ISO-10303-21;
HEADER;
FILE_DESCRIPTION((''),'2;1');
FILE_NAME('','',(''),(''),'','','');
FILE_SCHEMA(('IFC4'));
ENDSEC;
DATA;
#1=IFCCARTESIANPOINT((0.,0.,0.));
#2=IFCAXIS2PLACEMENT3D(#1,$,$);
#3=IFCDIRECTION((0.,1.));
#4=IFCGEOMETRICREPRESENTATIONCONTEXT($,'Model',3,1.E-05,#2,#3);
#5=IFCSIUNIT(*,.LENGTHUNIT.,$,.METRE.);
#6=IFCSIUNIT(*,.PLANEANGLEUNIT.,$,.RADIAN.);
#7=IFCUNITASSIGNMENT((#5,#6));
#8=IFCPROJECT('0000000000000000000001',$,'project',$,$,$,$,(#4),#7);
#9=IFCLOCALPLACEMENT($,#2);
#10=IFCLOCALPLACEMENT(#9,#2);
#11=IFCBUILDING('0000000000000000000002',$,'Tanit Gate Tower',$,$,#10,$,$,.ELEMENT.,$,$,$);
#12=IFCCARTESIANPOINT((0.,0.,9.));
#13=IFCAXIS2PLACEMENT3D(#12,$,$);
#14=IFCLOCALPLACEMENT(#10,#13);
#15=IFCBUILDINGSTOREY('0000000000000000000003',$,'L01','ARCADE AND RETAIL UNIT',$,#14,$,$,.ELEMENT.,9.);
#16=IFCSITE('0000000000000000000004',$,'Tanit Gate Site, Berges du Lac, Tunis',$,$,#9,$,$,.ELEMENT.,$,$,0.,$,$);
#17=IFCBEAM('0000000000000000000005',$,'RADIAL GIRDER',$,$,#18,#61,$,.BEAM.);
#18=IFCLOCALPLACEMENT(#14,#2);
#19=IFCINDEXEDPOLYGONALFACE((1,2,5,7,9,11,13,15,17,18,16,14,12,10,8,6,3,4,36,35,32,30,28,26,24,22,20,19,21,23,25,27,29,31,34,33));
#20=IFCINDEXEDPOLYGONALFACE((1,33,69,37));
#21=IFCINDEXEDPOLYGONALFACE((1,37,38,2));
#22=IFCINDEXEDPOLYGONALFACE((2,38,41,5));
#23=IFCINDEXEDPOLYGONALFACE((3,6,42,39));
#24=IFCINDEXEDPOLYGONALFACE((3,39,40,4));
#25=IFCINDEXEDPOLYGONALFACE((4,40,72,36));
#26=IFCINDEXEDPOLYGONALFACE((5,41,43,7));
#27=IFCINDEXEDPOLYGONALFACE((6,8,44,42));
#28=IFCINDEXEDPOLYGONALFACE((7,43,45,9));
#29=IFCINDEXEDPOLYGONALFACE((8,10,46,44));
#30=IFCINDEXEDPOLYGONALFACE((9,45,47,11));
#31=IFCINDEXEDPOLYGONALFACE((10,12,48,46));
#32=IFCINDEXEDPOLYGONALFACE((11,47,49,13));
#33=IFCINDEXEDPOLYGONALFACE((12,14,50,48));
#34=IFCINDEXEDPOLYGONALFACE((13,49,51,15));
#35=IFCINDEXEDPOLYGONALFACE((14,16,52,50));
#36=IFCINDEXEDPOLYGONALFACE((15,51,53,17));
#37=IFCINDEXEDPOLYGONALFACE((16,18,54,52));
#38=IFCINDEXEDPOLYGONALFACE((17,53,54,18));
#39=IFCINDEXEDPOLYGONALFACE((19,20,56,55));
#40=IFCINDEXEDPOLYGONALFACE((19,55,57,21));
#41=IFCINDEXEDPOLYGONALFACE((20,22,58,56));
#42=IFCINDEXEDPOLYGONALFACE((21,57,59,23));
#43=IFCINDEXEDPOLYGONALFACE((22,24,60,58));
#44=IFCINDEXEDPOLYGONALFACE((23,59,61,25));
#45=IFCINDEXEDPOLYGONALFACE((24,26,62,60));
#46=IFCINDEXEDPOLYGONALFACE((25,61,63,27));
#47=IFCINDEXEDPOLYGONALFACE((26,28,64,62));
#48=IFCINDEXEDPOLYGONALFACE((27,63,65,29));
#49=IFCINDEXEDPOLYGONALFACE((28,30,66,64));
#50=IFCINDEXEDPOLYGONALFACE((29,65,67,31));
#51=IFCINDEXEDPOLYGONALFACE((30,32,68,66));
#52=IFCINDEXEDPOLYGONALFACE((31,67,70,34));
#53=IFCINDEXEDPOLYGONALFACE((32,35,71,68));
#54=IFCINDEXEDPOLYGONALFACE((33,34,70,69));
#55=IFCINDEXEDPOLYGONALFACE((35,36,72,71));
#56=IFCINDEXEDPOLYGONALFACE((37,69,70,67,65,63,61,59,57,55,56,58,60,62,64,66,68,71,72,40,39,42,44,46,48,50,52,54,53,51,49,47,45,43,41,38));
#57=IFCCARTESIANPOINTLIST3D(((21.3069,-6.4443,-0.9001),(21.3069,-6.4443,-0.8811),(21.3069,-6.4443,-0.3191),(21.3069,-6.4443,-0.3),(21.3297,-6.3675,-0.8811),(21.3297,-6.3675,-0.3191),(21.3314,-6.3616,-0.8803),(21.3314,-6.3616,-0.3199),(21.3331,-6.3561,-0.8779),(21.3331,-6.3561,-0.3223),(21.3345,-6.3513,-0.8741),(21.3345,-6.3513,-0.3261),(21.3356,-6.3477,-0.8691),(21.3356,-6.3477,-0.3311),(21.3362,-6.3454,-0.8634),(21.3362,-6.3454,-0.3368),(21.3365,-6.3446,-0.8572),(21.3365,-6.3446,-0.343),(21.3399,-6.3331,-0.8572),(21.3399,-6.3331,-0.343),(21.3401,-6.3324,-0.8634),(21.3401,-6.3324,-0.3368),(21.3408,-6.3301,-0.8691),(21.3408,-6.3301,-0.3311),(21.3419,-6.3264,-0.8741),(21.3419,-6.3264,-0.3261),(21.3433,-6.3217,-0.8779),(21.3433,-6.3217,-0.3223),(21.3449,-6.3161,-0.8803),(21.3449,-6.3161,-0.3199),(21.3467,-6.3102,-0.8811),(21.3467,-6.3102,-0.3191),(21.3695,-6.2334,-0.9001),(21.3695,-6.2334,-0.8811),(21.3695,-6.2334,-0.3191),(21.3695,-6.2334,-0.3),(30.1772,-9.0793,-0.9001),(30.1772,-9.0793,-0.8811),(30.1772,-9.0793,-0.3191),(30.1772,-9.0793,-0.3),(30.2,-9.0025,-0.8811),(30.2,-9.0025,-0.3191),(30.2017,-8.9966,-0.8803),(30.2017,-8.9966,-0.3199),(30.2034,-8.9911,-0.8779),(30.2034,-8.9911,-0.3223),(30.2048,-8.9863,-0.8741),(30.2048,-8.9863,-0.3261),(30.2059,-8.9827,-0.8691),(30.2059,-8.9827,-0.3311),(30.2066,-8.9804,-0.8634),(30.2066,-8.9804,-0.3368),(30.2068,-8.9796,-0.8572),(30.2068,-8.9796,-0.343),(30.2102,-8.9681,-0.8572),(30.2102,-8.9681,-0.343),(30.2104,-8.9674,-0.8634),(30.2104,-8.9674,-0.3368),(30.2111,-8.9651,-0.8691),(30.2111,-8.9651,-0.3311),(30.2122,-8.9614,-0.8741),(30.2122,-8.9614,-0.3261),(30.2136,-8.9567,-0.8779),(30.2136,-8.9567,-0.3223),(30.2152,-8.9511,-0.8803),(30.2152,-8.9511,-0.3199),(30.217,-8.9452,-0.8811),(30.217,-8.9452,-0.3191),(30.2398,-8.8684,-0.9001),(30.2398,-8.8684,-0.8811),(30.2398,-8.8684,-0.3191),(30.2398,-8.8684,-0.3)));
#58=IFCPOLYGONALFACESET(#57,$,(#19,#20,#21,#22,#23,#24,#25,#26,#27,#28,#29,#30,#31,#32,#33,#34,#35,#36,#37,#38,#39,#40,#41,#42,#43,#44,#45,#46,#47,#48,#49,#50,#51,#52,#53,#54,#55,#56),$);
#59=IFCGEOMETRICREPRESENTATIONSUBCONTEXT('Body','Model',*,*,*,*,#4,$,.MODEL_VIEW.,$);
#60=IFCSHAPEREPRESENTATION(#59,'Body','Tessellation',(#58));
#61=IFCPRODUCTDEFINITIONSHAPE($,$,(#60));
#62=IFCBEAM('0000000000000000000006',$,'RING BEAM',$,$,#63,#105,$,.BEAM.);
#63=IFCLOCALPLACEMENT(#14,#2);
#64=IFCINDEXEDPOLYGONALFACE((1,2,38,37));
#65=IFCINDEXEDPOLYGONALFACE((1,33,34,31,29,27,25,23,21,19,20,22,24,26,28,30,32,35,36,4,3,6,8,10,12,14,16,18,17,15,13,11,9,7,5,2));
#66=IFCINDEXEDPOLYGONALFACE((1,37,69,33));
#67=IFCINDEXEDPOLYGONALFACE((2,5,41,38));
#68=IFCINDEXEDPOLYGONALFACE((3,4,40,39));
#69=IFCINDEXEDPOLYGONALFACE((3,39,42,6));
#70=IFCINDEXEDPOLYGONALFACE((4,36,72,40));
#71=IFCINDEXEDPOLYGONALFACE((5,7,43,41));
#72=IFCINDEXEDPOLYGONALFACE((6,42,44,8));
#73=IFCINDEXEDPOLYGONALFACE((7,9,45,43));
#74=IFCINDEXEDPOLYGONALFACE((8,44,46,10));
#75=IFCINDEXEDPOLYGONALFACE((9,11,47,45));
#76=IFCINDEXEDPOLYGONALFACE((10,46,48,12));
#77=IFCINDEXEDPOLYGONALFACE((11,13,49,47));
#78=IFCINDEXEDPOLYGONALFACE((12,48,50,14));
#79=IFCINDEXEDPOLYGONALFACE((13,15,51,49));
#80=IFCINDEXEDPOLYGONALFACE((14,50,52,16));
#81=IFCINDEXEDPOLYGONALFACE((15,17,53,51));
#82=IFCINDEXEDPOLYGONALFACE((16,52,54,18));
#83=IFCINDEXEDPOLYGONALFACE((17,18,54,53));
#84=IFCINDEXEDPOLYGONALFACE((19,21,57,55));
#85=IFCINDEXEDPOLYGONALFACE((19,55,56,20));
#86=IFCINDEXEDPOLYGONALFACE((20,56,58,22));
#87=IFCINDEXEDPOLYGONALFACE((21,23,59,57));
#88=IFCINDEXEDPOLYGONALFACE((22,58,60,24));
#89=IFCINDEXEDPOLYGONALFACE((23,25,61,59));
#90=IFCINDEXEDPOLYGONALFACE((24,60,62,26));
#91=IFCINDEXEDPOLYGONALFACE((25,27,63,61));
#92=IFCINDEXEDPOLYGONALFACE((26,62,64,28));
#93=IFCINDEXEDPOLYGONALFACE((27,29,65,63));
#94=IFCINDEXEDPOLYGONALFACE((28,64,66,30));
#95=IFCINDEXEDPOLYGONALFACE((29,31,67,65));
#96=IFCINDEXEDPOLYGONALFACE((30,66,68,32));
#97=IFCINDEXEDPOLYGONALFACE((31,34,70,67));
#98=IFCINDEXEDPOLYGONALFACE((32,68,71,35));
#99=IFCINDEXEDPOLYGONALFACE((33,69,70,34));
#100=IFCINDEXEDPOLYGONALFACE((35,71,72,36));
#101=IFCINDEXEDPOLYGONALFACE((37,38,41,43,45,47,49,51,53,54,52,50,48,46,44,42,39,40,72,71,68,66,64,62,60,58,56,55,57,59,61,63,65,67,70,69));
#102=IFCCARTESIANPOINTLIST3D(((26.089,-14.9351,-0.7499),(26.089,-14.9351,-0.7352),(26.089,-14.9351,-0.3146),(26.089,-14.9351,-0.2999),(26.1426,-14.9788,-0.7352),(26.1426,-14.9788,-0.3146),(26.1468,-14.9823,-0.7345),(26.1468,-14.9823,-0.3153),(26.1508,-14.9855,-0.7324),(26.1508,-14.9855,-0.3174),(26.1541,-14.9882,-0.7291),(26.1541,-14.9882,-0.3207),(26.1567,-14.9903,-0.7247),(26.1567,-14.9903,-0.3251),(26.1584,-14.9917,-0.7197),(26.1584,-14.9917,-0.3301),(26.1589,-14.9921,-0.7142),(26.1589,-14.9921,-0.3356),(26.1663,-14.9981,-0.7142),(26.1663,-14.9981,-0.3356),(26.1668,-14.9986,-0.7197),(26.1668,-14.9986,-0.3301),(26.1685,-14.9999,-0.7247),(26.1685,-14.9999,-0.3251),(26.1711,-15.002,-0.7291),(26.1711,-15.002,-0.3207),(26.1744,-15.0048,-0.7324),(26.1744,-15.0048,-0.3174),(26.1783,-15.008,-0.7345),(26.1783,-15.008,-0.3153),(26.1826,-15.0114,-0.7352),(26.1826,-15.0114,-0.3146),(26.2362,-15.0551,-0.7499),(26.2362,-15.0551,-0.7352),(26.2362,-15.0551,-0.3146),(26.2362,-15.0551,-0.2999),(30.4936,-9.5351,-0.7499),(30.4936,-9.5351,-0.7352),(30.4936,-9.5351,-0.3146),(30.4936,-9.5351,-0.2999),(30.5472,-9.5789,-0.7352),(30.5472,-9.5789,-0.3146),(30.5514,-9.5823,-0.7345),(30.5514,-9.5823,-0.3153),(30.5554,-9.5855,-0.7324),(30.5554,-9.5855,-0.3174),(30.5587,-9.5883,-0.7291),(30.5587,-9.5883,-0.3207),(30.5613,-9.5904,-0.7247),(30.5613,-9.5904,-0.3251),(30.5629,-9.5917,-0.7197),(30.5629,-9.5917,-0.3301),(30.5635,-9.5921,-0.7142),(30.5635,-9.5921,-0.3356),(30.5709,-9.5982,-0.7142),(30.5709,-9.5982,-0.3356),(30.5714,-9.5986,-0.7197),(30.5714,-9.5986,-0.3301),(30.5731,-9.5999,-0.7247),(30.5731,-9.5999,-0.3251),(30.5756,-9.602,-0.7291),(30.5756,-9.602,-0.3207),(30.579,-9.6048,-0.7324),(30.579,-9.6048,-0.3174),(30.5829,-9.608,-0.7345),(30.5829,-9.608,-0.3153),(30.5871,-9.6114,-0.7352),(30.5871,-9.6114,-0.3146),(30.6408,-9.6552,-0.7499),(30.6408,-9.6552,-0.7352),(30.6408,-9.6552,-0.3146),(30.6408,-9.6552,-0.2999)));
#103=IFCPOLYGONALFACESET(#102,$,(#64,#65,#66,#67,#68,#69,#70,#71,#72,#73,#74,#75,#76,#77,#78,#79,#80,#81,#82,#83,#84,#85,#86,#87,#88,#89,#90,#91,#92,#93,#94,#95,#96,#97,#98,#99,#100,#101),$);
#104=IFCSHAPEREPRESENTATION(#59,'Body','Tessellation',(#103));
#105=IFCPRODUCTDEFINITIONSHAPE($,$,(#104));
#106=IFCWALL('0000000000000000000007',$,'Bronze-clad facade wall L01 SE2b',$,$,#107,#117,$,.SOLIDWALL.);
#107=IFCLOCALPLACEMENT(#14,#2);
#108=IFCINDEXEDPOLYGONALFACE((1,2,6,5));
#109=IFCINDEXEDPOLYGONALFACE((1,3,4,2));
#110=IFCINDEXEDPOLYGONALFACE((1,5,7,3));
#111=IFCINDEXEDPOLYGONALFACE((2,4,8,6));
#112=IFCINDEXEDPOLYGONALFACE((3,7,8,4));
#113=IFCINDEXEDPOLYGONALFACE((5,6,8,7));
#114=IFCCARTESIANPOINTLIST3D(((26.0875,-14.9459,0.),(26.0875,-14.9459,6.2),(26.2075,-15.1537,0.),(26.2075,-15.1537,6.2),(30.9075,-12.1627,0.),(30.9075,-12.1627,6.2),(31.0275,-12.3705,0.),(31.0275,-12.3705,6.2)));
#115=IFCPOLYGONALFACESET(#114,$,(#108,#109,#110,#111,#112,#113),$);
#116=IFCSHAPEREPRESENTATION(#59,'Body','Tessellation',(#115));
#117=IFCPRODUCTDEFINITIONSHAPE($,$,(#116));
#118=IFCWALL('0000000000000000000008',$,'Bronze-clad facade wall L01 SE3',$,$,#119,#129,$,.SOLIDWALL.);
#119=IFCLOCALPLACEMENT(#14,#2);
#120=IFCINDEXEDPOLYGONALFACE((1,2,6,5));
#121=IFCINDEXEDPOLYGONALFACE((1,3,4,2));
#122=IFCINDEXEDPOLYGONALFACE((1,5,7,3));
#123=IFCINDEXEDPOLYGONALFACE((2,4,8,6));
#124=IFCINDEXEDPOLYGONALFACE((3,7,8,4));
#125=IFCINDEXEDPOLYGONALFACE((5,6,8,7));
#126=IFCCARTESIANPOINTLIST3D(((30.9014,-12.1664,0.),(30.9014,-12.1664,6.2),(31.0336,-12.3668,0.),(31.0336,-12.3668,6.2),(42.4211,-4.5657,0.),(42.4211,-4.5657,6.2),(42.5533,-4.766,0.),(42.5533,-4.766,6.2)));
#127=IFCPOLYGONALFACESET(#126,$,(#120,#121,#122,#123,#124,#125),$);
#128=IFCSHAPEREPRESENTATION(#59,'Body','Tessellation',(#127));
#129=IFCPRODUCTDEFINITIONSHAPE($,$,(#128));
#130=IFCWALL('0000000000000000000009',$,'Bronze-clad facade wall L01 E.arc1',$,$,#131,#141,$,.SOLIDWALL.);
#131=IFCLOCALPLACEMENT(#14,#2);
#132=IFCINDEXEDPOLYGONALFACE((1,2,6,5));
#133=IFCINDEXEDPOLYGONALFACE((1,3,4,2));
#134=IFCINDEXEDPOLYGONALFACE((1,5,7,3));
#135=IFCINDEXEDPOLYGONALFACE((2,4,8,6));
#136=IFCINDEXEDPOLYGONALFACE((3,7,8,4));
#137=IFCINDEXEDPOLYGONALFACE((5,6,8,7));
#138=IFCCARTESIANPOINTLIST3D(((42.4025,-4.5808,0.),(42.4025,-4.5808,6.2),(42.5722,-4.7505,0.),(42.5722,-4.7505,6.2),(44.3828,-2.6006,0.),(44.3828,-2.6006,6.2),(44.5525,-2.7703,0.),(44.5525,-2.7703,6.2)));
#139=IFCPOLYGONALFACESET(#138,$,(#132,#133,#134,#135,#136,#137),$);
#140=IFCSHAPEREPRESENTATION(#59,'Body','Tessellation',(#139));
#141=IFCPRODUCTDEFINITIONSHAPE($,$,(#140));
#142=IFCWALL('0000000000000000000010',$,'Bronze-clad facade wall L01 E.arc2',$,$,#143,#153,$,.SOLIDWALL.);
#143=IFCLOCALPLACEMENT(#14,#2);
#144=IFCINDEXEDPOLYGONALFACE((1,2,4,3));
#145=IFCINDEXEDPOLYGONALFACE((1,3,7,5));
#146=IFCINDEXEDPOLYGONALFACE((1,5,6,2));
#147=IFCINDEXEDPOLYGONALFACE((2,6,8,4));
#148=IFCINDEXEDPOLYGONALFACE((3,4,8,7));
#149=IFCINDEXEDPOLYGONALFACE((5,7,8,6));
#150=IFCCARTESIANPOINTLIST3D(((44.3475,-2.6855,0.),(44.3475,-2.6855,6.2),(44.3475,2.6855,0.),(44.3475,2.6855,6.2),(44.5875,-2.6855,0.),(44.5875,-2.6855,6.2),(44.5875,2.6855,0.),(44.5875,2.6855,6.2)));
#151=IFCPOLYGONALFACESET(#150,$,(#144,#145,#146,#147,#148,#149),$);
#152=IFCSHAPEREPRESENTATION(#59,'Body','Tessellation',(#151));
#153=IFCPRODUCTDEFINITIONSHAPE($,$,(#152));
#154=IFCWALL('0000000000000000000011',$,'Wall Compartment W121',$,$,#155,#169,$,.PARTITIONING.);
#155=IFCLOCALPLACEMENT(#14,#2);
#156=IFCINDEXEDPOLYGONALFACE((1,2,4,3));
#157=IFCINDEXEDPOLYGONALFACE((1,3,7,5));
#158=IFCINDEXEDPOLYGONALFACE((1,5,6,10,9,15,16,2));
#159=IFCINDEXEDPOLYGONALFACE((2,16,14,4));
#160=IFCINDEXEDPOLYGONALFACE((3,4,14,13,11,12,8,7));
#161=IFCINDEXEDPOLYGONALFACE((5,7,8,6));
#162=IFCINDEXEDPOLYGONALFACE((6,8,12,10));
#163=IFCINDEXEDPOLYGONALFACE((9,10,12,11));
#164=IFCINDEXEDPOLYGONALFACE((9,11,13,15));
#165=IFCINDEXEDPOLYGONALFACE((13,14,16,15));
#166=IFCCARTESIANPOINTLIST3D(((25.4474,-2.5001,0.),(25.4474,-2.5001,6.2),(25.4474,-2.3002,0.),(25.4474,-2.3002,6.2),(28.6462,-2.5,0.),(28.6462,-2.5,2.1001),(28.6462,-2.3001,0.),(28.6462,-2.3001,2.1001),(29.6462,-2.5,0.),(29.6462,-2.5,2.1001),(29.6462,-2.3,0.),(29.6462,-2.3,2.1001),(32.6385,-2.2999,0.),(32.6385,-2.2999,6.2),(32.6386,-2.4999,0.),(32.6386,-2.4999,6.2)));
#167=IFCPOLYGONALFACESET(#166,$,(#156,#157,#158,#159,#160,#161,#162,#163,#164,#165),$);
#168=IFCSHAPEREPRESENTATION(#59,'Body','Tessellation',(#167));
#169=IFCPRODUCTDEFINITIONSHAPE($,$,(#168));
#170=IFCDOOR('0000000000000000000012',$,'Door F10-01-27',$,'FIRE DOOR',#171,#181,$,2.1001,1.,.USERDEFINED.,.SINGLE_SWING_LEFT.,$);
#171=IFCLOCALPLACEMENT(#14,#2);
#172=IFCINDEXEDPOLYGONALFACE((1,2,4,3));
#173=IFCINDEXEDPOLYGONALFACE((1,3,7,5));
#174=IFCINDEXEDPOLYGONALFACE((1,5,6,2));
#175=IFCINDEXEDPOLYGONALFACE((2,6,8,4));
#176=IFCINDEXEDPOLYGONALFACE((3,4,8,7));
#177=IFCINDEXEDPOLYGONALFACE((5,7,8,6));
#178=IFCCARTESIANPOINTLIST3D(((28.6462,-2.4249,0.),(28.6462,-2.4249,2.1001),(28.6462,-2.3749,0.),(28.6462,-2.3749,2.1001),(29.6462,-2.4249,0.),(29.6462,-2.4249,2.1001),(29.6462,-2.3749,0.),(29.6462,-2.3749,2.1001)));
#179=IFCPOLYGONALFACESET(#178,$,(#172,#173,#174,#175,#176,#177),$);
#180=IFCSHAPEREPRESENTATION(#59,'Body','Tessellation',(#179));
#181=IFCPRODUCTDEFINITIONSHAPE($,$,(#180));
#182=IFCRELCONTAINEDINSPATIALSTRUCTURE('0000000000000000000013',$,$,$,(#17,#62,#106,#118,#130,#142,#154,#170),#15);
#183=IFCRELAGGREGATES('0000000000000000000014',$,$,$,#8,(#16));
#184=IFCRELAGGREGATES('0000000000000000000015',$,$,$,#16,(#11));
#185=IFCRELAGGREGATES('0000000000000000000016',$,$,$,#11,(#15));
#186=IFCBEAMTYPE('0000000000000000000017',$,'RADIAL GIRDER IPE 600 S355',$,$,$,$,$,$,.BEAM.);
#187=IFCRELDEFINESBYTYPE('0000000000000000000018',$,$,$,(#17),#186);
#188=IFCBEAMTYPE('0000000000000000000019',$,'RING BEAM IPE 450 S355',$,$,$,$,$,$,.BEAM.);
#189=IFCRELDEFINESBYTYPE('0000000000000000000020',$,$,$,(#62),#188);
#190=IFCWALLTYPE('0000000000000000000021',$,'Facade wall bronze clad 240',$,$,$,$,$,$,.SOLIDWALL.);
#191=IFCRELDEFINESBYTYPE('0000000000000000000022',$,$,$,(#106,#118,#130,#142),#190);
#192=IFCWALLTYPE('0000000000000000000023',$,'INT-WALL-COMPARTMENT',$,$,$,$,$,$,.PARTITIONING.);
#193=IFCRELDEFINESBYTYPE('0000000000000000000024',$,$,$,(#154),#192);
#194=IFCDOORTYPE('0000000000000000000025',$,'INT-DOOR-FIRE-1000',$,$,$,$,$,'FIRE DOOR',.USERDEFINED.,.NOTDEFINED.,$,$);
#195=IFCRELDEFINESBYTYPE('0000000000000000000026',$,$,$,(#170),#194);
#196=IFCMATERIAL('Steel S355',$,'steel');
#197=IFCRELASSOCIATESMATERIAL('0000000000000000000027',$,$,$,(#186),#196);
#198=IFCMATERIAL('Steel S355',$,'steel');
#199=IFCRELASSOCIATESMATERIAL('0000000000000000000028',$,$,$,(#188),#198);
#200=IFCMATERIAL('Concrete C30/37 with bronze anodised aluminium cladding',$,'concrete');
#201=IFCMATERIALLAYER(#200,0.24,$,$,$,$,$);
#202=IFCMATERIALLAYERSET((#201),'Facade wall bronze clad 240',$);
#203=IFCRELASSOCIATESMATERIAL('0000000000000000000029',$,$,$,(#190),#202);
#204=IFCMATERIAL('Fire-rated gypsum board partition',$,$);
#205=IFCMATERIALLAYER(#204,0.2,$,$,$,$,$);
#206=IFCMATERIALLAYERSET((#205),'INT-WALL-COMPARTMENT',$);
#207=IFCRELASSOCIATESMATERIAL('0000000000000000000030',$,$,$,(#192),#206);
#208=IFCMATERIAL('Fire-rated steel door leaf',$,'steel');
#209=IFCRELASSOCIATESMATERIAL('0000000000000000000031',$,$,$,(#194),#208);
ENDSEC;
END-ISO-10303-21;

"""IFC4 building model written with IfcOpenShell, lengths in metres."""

from ifc_helpers import new_model, si_unit, direction, frame, frame_2d, origin, origin_2d, place, context, subcontext, project, spatial, rectangle, i_section, extrude, material, layer, layer_set, material_profile, profile_set, type_object, element, fill, save


model = new_model("IFC4")

# Units and contexts
model_context = context("Model", 3, precision=1e-05, world=origin(), true_north=direction((0.0, 1.0)))
body_context = subcontext(model_context, "Body", "Model", "MODEL_VIEW")
ifc_project = project(units=[si_unit("LENGTHUNIT", "METRE"), si_unit("PLANEANGLEUNIT", "RADIAN")], contexts=[model_context])

# Site, building, storey
site_placement = place(None, origin())
site = spatial("IfcSite", under=ifc_project, at=site_placement, Name="Tanit Gate Site, Berges du Lac, Tunis", CompositionType="ELEMENT", RefElevation=0.0)
building_placement = place(site_placement, origin())
building = spatial("IfcBuilding", under=site, at=building_placement, Name="Tanit Gate Tower", CompositionType="ELEMENT")
storey_placement = place(building_placement, frame((0.0, 0.0, 9.0)))
storey = spatial("IfcBuildingStorey", under=building, at=storey_placement, Name="L01", Description="ARCADE AND RETAIL UNIT", CompositionType="ELEMENT", Elevation=9.0)

# Beams
ifc_material_1 = material(Name="Steel S355", Category="steel")
ifc_material_profile_1 = material_profile(ifc_material_1, i_section(OverallWidth=0.22, OverallDepth=0.6001, WebThickness=0.012, FlangeThickness=0.019, FilletRadius=0.0239, at=origin_2d()), Name="IPE 600")
ifc_profile_set_1 = profile_set([ifc_material_profile_1], Name="Steel S355")
beam_type_1 = type_object("IfcBeamType", Name="RADIAL GIRDER IPE 600 S355", PredefinedType="BEAM", material=ifc_profile_set_1)
beam_1_placement = place(storey_placement, frame((30.2085, -8.9739, -0.6001), z_axis=(-0.958599, 0.284759, 0.0), x_axis=(-0.284759, -0.958599, 0.0)))
element("IfcBeam", 1, at=beam_1_placement, inside=storey, type_object=beam_type_1, Name="RADIAL GIRDER", PredefinedType="BEAM", context=body_context, shape_type="SweptSolid", body=[
    extrude(i_section(OverallWidth=0.22, OverallDepth=0.6001, WebThickness=0.012, FlangeThickness=0.019, FilletRadius=0.0239, at=origin_2d()), origin(), (0.0, 0.0, 1.0), 9.2534),
])
ifc_material_2 = material(Name="Steel S355", Category="steel")
ifc_material_profile_2 = material_profile(ifc_material_2, i_section(OverallWidth=0.1899, OverallDepth=0.45, WebThickness=0.0095, FlangeThickness=0.0146, FilletRadius=0.021, at=origin_2d()), Name="IPE 450")
ifc_profile_set_2 = profile_set([ifc_material_profile_2], Name="Steel S355")
beam_type_2 = type_object("IfcBeamType", Name="RING BEAM IPE 450 S355", PredefinedType="BEAM", material=ifc_profile_set_2)
beam_2_placement = place(storey_placement, frame((26.1626, -14.9951, -0.5249), z_axis=(0.632071, 0.77491, 0.0), x_axis=(-0.77491, 0.632071, 0.0)))
element("IfcBeam", 2, at=beam_2_placement, inside=storey, type_object=beam_type_2, Name="RING BEAM", PredefinedType="BEAM", context=body_context, shape_type="SweptSolid", body=[
    extrude(i_section(OverallWidth=0.1899, OverallDepth=0.45, WebThickness=0.0095, FlangeThickness=0.0146, FilletRadius=0.021, at=origin_2d()), origin(), (0.0, 0.0, 1.0), 6.9685),
])

# Walls
ifc_material_3 = material(Name="Concrete C30/37 with bronze anodised aluminium cladding", Category="concrete")
ifc_layer_1 = layer(ifc_material_3, 0.24)
ifc_layer_set_1 = layer_set([ifc_layer_1], Name="Facade wall bronze clad 240")
wall_type_1 = type_object("IfcWallType", Name="Facade wall bronze clad 240", PredefinedType="SOLIDWALL", material=ifc_layer_set_1)
wall_1_placement = place(storey_placement, frame((26.1475, -15.0498, 0.0), z_axis=(0.0, 0.0, 1.0), x_axis=(0.865999, 0.500045, 0.0)))
element("IfcWall", 3, at=wall_1_placement, inside=storey, type_object=wall_type_1, Name="Bronze-clad facade wall L01 SE2b", PredefinedType="SOLIDWALL", context=body_context, shape_type="SweptSolid", body=[
    extrude(rectangle(XDim=5.5659, YDim=0.24, at=frame_2d((2.783, 0.0))), origin(), (0.0, 0.0, 1.0), 6.2),
])
wall_2_placement = place(storey_placement, frame((30.9675, -12.2666, 0.0), z_axis=(0.0, 0.0, 1.0), x_axis=(0.834683, 0.55073, 0.0)))
element("IfcWall", 4, at=wall_2_placement, inside=storey, type_object=wall_type_1, Name="Bronze-clad facade wall L01 SE3", PredefinedType="SOLIDWALL", context=body_context, shape_type="SweptSolid", body=[
    extrude(rectangle(XDim=13.8013, YDim=0.24, at=frame_2d((6.9006, 0.0))), origin(), (0.0, 0.0, 1.0), 6.2),
])
wall_3_placement = place(storey_placement, frame((42.4873, -4.6658, 0.0), z_axis=(0.0, 0.0, 1.0), x_axis=(0.707107, 0.707107, 0.0)))
element("IfcWall", 5, at=wall_3_placement, inside=storey, type_object=wall_type_1, Name="Bronze-clad facade wall L01 E.arc1", PredefinedType="SOLIDWALL", context=body_context, shape_type="SweptSolid", body=[
    extrude(rectangle(XDim=2.8005, YDim=0.24, at=frame_2d((1.4004, 0.0))), origin(), (0.0, 0.0, 1.0), 6.2),
])
wall_4_placement = place(storey_placement, frame((44.4675, -2.6855, 0.0), z_axis=(0.0, 0.0, 1.0), x_axis=(0.0, 1.0, 0.0)))
element("IfcWall", 6, at=wall_4_placement, inside=storey, type_object=wall_type_1, Name="Bronze-clad facade wall L01 E.arc2", PredefinedType="SOLIDWALL", context=body_context, shape_type="SweptSolid", body=[
    extrude(rectangle(XDim=5.3711, YDim=0.24, at=frame_2d((2.6855, 0.0))), origin(), (0.0, 0.0, 1.0), 6.2),
])

# Wall, opening, door
ifc_material_4 = material(Name="Fire-rated gypsum board partition")
ifc_layer_2 = layer(ifc_material_4, 0.2)
ifc_layer_set_2 = layer_set([ifc_layer_2], Name="INT-WALL-COMPARTMENT")
wall_type_2 = type_object("IfcWallType", Name="INT-WALL-COMPARTMENT", PredefinedType="PARTITIONING", material=ifc_layer_set_2)
wall_5_placement = place(storey_placement, frame((32.6387, -2.3999, 0.0), z_axis=(0.0, 0.0, 1.0), x_axis=(-1.0, -0.000034, 0.0)))
wall_5 = element("IfcWall", 7, at=wall_5_placement, inside=storey, type_object=wall_type_2, Name="Wall Compartment W121", PredefinedType="PARTITIONING", context=body_context, shape_type="SweptSolid", body=[
    extrude(rectangle(XDim=7.1912, YDim=0.2, at=frame_2d((3.5957, 0.0))), origin(), (0.0, 0.0, 1.0), 6.2),
])
opening_1_placement = place(wall_5_placement, frame((2.9924, 0.0, 0.0)))
opening_1 = element("IfcOpeningElement", 8, at=opening_1_placement, cuts=wall_5, PredefinedType="OPENING", context=body_context, shape_type="SweptSolid", body=[
    extrude(rectangle(XDim=1.0, YDim=2.1001, at=frame_2d((0.5, 1.05))), frame((0.0, 0.1099, 0.0), z_axis=(0.0, -1.0, 0.0), x_axis=(1.0, 0.0, 0.0)), (0.0, 0.0, 1.0), 0.22),
])
ifc_material_5 = material(Name="Fire-rated steel door leaf", Category="steel")
door_type = type_object("IfcDoorType", Name="INT-DOOR-FIRE-1000", ElementType="FIRE DOOR", OperationType="NOTDEFINED", PredefinedType="USERDEFINED", material=ifc_material_5)
door_1_placement = place(opening_1_placement, origin())
door_1 = element("IfcDoor", 9, at=door_1_placement, inside=storey, type_object=door_type, Name="Door F10-01-27", ObjectType="FIRE DOOR", OperationType="SINGLE_SWING_LEFT", OverallHeight=2.1001, OverallWidth=1.0, PredefinedType="USERDEFINED", context=body_context, shape_type="SweptSolid", body=[
    extrude(rectangle(XDim=1.0, YDim=2.1001, at=frame_2d((0.5, 1.05))), frame((0.0, 0.0249, 0.0), z_axis=(0.0, -1.0, 0.0), x_axis=(1.0, 0.0, 0.0)), (0.0, 0.0, 1.0), 0.05),
])
fill(opening_1, door_1)

save(model, "model.ifc")
